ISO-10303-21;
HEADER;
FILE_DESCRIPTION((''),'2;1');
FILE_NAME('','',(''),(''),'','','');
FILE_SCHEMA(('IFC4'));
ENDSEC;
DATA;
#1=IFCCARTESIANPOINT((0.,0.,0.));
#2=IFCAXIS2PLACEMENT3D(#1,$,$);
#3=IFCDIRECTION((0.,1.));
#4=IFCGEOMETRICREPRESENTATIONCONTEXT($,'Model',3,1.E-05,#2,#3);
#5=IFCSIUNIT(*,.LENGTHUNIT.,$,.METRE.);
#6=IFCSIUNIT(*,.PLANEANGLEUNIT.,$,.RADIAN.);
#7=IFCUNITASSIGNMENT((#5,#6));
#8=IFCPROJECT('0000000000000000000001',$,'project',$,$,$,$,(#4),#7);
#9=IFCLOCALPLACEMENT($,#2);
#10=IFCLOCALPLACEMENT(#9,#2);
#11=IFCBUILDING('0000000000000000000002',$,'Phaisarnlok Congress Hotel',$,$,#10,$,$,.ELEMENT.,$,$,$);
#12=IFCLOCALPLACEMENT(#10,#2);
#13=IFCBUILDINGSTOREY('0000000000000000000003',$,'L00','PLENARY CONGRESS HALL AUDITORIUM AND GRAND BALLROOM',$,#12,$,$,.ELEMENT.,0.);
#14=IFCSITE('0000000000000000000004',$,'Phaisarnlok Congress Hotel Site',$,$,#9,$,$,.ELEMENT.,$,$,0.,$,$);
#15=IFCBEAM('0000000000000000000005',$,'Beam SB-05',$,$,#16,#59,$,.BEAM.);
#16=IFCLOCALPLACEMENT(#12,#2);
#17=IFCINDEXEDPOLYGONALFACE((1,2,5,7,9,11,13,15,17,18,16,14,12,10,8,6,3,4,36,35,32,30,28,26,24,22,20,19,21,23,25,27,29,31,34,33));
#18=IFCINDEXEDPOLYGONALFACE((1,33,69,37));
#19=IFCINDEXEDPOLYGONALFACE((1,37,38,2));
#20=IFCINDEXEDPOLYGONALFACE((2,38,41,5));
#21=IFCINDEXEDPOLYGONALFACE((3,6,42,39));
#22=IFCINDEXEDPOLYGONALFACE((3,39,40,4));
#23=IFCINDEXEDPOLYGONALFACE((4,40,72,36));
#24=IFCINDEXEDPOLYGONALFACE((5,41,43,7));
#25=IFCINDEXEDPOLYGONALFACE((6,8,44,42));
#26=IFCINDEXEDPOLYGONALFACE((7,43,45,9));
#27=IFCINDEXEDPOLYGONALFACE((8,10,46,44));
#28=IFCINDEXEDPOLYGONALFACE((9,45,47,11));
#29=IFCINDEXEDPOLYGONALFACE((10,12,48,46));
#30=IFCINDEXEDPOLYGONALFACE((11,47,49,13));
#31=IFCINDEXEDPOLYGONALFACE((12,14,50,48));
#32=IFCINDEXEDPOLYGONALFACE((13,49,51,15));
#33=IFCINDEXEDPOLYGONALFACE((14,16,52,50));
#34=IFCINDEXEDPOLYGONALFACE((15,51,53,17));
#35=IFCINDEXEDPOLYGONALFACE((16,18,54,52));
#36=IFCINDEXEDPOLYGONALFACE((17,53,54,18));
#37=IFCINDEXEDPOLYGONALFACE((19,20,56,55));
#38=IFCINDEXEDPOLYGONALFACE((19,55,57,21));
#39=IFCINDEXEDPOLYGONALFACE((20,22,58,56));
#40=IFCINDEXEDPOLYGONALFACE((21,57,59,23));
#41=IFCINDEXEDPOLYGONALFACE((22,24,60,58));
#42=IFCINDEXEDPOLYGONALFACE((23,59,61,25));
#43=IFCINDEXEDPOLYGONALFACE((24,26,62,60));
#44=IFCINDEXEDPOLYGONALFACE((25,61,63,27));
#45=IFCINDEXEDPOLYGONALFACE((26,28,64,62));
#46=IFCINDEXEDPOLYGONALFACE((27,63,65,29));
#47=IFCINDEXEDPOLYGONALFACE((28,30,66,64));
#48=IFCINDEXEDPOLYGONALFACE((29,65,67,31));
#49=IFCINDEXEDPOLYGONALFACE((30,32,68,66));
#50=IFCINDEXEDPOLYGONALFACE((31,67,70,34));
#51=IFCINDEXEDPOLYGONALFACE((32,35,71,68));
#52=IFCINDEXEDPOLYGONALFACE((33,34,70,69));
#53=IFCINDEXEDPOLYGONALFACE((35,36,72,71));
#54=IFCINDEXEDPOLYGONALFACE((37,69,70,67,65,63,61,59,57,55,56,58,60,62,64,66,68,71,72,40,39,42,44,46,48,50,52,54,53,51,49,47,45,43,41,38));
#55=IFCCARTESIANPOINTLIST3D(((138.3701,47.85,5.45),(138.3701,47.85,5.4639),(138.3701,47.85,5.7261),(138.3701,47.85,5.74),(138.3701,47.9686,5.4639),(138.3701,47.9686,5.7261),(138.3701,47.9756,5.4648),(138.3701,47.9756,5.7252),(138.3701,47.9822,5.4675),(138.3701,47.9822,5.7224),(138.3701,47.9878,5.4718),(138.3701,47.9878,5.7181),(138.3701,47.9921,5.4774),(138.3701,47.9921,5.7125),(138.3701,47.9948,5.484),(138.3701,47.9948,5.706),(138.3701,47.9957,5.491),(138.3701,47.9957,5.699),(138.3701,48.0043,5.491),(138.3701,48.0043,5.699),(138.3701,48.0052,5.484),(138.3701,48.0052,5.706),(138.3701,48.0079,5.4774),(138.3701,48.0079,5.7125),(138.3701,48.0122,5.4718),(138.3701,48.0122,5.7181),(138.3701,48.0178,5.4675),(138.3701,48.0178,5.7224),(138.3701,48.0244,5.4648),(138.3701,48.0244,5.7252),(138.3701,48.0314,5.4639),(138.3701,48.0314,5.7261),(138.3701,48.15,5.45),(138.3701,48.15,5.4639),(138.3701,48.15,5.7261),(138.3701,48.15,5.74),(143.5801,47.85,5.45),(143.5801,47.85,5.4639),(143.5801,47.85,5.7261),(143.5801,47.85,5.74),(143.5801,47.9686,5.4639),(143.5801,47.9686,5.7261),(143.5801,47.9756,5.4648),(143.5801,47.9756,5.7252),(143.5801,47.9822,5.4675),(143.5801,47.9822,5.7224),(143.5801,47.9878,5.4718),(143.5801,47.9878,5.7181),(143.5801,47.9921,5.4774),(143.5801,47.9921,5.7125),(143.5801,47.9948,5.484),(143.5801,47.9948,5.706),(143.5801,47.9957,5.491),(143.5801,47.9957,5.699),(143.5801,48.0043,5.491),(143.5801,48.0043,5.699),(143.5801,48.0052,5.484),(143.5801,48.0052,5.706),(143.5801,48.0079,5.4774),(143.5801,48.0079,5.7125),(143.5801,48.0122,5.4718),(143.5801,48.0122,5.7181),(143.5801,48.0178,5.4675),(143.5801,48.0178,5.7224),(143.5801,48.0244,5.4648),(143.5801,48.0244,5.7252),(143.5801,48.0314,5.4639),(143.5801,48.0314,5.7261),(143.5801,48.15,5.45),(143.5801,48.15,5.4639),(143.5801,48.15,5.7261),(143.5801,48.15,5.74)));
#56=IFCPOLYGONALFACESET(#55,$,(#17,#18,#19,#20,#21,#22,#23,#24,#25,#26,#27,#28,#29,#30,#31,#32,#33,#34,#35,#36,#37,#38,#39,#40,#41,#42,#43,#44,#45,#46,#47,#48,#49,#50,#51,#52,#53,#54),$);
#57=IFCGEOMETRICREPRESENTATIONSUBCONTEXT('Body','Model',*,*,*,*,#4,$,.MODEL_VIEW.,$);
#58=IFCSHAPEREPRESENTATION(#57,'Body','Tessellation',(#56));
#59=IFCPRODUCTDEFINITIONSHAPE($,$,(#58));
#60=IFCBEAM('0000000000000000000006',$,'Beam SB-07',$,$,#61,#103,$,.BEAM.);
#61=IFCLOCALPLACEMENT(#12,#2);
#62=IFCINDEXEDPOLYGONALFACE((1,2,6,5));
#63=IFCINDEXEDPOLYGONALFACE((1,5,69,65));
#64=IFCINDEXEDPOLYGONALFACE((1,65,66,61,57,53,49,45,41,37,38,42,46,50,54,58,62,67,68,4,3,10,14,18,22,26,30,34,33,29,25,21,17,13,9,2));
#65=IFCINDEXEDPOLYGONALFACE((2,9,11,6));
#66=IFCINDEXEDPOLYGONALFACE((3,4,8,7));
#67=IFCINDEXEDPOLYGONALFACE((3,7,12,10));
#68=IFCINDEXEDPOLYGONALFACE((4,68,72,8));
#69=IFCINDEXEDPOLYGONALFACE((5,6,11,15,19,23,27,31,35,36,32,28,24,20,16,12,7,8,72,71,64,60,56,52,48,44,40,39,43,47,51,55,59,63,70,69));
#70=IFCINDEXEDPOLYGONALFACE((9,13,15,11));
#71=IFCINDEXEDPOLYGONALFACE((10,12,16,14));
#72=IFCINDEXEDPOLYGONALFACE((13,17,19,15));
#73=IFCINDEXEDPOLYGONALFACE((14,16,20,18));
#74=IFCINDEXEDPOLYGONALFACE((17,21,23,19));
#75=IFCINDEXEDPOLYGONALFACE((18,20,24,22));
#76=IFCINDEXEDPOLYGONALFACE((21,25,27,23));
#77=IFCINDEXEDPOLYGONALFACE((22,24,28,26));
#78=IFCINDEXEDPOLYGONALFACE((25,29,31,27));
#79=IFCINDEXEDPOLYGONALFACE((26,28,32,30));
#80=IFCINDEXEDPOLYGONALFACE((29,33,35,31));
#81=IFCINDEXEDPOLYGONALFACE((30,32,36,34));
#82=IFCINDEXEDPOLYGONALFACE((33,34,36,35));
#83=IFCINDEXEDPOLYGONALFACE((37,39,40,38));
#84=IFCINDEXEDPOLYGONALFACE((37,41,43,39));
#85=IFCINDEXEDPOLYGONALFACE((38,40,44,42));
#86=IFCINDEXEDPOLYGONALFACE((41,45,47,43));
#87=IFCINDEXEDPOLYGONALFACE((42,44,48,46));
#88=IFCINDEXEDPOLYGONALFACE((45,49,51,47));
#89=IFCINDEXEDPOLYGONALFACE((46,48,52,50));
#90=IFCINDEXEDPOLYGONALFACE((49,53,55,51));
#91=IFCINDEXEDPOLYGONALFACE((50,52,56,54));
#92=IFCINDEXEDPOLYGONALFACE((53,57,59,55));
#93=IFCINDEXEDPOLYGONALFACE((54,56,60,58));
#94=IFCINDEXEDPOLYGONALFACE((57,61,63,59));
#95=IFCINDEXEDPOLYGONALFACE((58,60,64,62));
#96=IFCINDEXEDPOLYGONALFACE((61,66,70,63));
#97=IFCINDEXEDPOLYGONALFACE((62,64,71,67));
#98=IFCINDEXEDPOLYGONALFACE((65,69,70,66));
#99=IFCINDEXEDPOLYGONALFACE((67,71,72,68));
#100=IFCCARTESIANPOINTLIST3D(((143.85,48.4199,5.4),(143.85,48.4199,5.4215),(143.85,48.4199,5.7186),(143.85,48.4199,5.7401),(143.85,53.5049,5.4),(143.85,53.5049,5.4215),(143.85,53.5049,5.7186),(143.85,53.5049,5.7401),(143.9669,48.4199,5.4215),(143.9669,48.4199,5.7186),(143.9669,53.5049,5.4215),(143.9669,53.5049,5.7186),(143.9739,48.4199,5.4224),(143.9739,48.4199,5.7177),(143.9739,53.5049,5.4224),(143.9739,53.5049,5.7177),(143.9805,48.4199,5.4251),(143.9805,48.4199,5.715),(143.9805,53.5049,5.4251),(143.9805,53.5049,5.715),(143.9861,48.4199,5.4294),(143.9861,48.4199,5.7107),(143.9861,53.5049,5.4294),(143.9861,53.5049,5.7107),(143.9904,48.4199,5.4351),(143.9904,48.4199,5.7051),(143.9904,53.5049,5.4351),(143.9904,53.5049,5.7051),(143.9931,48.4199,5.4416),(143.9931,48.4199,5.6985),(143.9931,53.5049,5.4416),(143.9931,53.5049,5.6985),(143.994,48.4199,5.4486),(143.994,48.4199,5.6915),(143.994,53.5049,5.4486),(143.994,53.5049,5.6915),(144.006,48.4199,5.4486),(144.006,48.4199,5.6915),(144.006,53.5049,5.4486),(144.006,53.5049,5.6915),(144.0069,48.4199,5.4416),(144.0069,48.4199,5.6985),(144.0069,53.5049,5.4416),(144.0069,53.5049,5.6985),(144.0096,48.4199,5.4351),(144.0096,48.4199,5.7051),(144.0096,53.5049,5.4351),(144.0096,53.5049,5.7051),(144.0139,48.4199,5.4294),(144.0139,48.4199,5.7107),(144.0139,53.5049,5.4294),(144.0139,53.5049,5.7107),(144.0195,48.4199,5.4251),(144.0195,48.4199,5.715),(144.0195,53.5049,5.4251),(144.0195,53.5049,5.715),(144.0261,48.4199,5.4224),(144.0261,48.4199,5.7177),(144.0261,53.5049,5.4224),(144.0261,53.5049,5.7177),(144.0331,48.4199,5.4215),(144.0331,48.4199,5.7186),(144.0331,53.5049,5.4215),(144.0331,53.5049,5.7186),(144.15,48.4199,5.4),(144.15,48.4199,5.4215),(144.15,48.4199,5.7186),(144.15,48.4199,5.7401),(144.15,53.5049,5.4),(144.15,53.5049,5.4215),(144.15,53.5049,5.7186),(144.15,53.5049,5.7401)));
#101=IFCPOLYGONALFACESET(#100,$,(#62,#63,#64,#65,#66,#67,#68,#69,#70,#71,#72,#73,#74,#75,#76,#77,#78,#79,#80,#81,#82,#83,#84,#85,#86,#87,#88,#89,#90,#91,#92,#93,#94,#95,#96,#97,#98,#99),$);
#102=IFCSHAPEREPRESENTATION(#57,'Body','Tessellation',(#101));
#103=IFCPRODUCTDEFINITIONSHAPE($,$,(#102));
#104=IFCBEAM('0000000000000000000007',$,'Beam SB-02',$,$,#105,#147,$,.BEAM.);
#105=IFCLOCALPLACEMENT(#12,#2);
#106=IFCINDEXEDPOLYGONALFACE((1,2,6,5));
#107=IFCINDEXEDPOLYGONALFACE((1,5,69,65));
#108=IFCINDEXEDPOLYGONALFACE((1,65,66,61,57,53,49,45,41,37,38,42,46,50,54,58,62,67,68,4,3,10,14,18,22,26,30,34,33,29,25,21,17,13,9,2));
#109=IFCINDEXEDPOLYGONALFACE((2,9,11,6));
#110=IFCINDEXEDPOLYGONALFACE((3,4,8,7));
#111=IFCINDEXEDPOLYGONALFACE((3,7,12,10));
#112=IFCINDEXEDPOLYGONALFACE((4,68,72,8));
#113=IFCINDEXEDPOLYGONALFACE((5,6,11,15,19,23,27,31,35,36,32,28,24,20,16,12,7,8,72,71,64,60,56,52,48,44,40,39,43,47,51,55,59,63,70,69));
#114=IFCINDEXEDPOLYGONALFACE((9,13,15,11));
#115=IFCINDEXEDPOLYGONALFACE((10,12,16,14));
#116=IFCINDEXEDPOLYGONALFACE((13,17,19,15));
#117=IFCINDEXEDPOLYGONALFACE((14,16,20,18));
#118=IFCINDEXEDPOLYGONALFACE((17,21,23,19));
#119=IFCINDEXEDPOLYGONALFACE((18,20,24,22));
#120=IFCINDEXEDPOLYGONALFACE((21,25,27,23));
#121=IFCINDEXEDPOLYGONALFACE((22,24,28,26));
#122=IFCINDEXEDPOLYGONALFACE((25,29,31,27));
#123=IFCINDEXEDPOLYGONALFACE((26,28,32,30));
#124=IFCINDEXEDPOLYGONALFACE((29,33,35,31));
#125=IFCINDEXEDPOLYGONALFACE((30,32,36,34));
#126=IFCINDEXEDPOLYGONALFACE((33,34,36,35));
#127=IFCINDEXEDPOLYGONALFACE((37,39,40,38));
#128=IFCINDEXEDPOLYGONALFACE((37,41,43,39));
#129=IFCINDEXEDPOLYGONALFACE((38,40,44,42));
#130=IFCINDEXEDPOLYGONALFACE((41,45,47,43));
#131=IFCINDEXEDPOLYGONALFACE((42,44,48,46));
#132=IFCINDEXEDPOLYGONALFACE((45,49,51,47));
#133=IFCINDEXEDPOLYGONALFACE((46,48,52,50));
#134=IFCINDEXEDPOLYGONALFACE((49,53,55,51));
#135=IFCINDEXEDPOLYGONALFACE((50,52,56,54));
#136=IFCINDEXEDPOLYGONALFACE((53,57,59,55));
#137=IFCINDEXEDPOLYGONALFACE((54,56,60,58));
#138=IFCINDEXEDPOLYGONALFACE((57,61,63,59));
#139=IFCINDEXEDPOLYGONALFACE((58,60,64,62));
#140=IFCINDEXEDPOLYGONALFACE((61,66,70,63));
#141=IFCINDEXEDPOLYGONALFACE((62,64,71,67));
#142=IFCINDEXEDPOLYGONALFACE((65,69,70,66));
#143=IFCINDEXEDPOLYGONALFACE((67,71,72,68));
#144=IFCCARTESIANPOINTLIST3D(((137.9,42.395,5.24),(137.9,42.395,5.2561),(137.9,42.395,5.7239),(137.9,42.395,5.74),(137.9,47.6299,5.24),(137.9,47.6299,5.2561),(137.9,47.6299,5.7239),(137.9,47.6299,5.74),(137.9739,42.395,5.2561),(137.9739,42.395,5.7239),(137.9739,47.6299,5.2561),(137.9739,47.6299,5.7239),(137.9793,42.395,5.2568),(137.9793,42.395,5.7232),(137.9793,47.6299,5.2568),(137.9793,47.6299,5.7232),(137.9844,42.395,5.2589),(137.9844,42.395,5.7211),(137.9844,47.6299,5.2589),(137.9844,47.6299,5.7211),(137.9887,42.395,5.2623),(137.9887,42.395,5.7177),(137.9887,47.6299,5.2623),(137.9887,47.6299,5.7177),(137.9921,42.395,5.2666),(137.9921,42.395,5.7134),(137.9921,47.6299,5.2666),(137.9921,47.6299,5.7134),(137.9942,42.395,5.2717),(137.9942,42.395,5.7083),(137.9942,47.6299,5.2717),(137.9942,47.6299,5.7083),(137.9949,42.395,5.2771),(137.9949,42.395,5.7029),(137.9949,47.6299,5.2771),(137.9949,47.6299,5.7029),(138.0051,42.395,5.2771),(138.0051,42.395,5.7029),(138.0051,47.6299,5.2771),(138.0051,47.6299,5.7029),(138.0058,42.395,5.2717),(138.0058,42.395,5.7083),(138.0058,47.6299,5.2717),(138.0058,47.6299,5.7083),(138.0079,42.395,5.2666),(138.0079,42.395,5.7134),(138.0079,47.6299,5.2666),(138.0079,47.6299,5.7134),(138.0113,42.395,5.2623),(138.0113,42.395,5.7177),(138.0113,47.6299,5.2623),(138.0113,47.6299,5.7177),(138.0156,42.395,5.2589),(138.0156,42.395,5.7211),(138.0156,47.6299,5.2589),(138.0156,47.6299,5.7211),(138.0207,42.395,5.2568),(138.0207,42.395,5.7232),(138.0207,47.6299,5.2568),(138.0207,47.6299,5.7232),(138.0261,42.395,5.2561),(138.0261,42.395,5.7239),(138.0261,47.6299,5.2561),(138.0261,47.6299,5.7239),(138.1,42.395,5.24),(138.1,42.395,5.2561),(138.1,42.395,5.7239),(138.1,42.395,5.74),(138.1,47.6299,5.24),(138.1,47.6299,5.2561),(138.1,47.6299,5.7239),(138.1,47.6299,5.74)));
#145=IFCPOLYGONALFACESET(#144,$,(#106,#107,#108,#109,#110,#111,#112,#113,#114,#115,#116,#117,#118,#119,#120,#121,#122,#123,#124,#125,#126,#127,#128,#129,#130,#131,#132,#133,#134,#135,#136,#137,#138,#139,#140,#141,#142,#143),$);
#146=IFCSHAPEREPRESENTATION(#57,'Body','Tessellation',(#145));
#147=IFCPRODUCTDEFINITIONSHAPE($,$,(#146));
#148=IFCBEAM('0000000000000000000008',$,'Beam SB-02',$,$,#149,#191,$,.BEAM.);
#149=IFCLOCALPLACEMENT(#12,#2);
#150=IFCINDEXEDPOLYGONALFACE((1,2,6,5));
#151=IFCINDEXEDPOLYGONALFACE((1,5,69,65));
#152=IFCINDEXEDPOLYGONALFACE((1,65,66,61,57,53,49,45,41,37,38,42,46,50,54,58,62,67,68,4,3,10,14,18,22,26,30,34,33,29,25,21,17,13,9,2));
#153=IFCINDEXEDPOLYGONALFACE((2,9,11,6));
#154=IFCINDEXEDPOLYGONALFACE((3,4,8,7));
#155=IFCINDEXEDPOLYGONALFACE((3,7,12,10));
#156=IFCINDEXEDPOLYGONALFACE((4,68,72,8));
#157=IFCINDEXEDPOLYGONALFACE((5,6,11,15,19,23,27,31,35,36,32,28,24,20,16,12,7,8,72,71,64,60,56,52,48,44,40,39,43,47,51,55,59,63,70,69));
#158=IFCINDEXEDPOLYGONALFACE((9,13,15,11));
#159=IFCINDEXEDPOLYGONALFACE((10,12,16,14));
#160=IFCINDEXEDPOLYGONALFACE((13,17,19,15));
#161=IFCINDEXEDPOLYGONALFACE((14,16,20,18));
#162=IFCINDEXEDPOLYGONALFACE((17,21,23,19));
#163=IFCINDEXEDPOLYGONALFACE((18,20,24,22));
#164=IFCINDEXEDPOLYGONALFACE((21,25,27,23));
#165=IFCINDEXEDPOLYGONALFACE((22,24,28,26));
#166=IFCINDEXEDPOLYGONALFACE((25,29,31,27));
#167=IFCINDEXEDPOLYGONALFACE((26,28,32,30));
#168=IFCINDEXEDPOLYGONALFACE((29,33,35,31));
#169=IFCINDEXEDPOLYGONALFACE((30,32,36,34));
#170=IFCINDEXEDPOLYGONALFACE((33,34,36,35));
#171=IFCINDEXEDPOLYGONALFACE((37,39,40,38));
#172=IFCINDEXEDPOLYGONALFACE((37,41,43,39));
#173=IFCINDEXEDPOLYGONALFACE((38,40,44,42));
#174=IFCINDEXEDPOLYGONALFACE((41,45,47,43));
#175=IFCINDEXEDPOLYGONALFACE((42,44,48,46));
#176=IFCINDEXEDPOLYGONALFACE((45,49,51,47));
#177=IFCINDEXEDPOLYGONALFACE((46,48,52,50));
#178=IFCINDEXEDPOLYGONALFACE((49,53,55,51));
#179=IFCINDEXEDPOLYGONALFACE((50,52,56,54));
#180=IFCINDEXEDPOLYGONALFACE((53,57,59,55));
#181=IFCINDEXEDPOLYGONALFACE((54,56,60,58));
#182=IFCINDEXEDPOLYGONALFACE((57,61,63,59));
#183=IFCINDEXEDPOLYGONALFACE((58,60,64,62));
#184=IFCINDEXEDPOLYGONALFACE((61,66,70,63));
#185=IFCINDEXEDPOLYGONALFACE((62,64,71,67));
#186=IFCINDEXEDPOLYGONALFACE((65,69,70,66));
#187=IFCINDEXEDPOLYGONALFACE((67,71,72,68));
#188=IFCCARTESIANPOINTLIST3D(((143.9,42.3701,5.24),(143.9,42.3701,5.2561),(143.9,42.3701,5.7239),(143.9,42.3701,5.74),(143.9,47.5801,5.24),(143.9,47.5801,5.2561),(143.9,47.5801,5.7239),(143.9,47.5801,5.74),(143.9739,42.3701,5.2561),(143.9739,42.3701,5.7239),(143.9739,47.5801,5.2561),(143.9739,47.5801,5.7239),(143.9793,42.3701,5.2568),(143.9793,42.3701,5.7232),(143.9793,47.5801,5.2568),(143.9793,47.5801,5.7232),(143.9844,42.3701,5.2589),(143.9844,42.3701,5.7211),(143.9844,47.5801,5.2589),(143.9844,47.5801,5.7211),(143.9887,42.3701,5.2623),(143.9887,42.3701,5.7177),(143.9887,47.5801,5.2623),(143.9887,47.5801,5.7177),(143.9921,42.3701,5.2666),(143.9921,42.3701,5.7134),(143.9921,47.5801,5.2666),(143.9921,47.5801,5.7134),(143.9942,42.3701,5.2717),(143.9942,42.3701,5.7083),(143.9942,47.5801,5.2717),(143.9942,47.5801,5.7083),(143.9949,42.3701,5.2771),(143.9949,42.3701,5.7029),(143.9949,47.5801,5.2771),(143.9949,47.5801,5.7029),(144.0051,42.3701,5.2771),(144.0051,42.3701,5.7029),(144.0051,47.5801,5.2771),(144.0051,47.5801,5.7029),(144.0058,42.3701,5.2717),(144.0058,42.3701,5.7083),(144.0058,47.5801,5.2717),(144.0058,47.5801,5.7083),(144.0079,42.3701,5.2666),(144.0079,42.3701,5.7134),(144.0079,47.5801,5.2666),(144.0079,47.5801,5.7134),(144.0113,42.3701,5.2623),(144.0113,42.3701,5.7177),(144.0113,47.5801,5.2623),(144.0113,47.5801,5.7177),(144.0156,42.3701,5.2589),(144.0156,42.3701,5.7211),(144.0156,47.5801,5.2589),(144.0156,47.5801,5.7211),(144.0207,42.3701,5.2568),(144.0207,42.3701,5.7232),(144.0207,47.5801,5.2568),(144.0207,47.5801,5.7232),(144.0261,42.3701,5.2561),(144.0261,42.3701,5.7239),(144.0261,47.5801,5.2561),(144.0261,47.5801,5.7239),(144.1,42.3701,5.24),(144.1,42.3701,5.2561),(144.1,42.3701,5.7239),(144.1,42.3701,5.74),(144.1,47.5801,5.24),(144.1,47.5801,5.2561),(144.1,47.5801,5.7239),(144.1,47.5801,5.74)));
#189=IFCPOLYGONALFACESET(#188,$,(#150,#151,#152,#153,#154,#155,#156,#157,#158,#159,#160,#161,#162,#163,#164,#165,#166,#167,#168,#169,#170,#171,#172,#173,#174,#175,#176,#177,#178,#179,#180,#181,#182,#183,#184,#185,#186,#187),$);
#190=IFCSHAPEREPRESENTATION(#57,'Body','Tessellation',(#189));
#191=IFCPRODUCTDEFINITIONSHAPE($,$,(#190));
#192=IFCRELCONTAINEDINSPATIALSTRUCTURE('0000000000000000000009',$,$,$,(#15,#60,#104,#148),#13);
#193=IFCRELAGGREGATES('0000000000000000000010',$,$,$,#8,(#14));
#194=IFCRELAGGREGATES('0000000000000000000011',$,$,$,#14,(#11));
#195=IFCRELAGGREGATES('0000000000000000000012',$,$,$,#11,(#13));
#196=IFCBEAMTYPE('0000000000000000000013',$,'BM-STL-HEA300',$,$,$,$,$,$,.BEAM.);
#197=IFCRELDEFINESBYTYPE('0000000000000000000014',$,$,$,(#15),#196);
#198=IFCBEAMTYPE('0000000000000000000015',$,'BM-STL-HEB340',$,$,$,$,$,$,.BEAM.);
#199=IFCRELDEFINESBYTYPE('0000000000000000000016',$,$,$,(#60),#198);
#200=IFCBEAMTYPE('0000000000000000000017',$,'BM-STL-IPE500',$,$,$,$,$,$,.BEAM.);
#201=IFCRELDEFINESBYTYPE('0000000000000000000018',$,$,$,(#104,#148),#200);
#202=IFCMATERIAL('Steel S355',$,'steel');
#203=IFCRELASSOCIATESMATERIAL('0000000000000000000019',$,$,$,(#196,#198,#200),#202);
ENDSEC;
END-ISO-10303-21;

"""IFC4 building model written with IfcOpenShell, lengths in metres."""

from ifc_helpers import new_model, si_unit, direction, frame, origin, origin_2d, place, context, subcontext, project, spatial, i_section, extrude, material, material_profile, profile_set, type_object, element, save


model = new_model("IFC4")

# Units and contexts
model_context = context("Model", 3, precision=1e-05, world=origin(), true_north=direction((0.0, 1.0)))
body_context = subcontext(model_context, "Body", "Model", "MODEL_VIEW")
ifc_project = project(units=[si_unit("LENGTHUNIT", "METRE"), si_unit("PLANEANGLEUNIT", "RADIAN")], contexts=[model_context])

# Site, building, storey
site_placement = place(None, origin())
site = spatial("IfcSite", under=ifc_project, at=site_placement, Name="Phaisarnlok Congress Hotel Site", CompositionType="ELEMENT", RefElevation=0.0)
building_placement = place(site_placement, origin())
building = spatial("IfcBuilding", under=site, at=building_placement, Name="Phaisarnlok Congress Hotel", CompositionType="ELEMENT")
storey_placement = place(building_placement, origin())
storey = spatial("IfcBuildingStorey", under=building, at=storey_placement, Name="L00", Description="PLENARY CONGRESS HALL AUDITORIUM AND GRAND BALLROOM", CompositionType="ELEMENT", Elevation=0.0)

# Beams
ifc_material_1 = material(Name="Steel S355", Category="steel")
ifc_material_profile_1 = material_profile(ifc_material_1, i_section(OverallWidth=0.3, OverallDepth=0.29, WebThickness=0.0085, FlangeThickness=0.0139, FilletRadius=0.0271, at=origin_2d()), Name="HEA 300")
ifc_profile_set_1 = profile_set([ifc_material_profile_1], Name="Steel S355")
beam_type_1 = type_object("IfcBeamType", Name="BM-STL-HEA300", PredefinedType="BEAM", material=ifc_profile_set_1)
beam_1_placement = place(storey_placement, frame((138.3701, 48.0, 5.595), z_axis=(1.0, 0.0, 0.0), x_axis=(0.0, 1.0, 0.0)))
element("IfcBeam", 1, at=beam_1_placement, inside=storey, type_object=beam_type_1, Name="Beam SB-05", PredefinedType="BEAM", context=body_context, shape_type="SweptSolid", body=[
    extrude(i_section(OverallWidth=0.3, OverallDepth=0.29, WebThickness=0.0085, FlangeThickness=0.0139, FilletRadius=0.0271, at=origin_2d()), origin(), (0.0, 0.0, 1.0), 5.21),
])
ifc_material_profile_2 = material_profile(ifc_material_1, i_section(OverallWidth=0.3, OverallDepth=0.3401, WebThickness=0.012, FlangeThickness=0.0215, FilletRadius=0.0271, at=origin_2d()), Name="HEB 340")
ifc_profile_set_2 = profile_set([ifc_material_profile_2], Name="Steel S355")
beam_type_2 = type_object("IfcBeamType", Name="BM-STL-HEB340", PredefinedType="BEAM", material=ifc_profile_set_2)
beam_2_placement = place(storey_placement, frame((144.0, 48.4199, 5.5701), z_axis=(0.0, 1.0, 0.0), x_axis=(-1.0, 0.0, 0.0)))
element("IfcBeam", 2, at=beam_2_placement, inside=storey, type_object=beam_type_2, Name="Beam SB-07", PredefinedType="BEAM", context=body_context, shape_type="SweptSolid", body=[
    extrude(i_section(OverallWidth=0.3, OverallDepth=0.3401, WebThickness=0.012, FlangeThickness=0.0215, FilletRadius=0.0271, at=origin_2d()), origin(), (0.0, 0.0, 1.0), 5.085),
])
ifc_material_profile_3 = material_profile(ifc_material_1, i_section(OverallWidth=0.2, OverallDepth=0.5, WebThickness=0.0103, FlangeThickness=0.0161, FilletRadius=0.021, at=origin_2d()), Name="IPE 500")
ifc_profile_set_3 = profile_set([ifc_material_profile_3], Name="Steel S355")
beam_type_3 = type_object("IfcBeamType", Name="BM-STL-IPE500", PredefinedType="BEAM", material=ifc_profile_set_3)
beam_3_placement = place(storey_placement, frame((138.0, 42.395, 5.49), z_axis=(0.0, 1.0, 0.0), x_axis=(-1.0, 0.0, 0.0)))
element("IfcBeam", 3, at=beam_3_placement, inside=storey, type_object=beam_type_3, Name="Beam SB-02", PredefinedType="BEAM", context=body_context, shape_type="SweptSolid", body=[
    extrude(i_section(OverallWidth=0.2, OverallDepth=0.5, WebThickness=0.0103, FlangeThickness=0.0161, FilletRadius=0.021, at=origin_2d()), origin(), (0.0, 0.0, 1.0), 5.2349),
])
beam_4_placement = place(storey_placement, frame((144.0, 42.3701, 5.49), z_axis=(0.0, 1.0, 0.0), x_axis=(-1.0, 0.0, 0.0)))
element("IfcBeam", 4, at=beam_4_placement, inside=storey, type_object=beam_type_3, Name="Beam SB-02", PredefinedType="BEAM", context=body_context, shape_type="SweptSolid", body=[
    extrude(i_section(OverallWidth=0.2, OverallDepth=0.5, WebThickness=0.0103, FlangeThickness=0.0161, FilletRadius=0.021, at=origin_2d()), origin(), (0.0, 0.0, 1.0), 5.21),
])

save(model, "model.ifc")
